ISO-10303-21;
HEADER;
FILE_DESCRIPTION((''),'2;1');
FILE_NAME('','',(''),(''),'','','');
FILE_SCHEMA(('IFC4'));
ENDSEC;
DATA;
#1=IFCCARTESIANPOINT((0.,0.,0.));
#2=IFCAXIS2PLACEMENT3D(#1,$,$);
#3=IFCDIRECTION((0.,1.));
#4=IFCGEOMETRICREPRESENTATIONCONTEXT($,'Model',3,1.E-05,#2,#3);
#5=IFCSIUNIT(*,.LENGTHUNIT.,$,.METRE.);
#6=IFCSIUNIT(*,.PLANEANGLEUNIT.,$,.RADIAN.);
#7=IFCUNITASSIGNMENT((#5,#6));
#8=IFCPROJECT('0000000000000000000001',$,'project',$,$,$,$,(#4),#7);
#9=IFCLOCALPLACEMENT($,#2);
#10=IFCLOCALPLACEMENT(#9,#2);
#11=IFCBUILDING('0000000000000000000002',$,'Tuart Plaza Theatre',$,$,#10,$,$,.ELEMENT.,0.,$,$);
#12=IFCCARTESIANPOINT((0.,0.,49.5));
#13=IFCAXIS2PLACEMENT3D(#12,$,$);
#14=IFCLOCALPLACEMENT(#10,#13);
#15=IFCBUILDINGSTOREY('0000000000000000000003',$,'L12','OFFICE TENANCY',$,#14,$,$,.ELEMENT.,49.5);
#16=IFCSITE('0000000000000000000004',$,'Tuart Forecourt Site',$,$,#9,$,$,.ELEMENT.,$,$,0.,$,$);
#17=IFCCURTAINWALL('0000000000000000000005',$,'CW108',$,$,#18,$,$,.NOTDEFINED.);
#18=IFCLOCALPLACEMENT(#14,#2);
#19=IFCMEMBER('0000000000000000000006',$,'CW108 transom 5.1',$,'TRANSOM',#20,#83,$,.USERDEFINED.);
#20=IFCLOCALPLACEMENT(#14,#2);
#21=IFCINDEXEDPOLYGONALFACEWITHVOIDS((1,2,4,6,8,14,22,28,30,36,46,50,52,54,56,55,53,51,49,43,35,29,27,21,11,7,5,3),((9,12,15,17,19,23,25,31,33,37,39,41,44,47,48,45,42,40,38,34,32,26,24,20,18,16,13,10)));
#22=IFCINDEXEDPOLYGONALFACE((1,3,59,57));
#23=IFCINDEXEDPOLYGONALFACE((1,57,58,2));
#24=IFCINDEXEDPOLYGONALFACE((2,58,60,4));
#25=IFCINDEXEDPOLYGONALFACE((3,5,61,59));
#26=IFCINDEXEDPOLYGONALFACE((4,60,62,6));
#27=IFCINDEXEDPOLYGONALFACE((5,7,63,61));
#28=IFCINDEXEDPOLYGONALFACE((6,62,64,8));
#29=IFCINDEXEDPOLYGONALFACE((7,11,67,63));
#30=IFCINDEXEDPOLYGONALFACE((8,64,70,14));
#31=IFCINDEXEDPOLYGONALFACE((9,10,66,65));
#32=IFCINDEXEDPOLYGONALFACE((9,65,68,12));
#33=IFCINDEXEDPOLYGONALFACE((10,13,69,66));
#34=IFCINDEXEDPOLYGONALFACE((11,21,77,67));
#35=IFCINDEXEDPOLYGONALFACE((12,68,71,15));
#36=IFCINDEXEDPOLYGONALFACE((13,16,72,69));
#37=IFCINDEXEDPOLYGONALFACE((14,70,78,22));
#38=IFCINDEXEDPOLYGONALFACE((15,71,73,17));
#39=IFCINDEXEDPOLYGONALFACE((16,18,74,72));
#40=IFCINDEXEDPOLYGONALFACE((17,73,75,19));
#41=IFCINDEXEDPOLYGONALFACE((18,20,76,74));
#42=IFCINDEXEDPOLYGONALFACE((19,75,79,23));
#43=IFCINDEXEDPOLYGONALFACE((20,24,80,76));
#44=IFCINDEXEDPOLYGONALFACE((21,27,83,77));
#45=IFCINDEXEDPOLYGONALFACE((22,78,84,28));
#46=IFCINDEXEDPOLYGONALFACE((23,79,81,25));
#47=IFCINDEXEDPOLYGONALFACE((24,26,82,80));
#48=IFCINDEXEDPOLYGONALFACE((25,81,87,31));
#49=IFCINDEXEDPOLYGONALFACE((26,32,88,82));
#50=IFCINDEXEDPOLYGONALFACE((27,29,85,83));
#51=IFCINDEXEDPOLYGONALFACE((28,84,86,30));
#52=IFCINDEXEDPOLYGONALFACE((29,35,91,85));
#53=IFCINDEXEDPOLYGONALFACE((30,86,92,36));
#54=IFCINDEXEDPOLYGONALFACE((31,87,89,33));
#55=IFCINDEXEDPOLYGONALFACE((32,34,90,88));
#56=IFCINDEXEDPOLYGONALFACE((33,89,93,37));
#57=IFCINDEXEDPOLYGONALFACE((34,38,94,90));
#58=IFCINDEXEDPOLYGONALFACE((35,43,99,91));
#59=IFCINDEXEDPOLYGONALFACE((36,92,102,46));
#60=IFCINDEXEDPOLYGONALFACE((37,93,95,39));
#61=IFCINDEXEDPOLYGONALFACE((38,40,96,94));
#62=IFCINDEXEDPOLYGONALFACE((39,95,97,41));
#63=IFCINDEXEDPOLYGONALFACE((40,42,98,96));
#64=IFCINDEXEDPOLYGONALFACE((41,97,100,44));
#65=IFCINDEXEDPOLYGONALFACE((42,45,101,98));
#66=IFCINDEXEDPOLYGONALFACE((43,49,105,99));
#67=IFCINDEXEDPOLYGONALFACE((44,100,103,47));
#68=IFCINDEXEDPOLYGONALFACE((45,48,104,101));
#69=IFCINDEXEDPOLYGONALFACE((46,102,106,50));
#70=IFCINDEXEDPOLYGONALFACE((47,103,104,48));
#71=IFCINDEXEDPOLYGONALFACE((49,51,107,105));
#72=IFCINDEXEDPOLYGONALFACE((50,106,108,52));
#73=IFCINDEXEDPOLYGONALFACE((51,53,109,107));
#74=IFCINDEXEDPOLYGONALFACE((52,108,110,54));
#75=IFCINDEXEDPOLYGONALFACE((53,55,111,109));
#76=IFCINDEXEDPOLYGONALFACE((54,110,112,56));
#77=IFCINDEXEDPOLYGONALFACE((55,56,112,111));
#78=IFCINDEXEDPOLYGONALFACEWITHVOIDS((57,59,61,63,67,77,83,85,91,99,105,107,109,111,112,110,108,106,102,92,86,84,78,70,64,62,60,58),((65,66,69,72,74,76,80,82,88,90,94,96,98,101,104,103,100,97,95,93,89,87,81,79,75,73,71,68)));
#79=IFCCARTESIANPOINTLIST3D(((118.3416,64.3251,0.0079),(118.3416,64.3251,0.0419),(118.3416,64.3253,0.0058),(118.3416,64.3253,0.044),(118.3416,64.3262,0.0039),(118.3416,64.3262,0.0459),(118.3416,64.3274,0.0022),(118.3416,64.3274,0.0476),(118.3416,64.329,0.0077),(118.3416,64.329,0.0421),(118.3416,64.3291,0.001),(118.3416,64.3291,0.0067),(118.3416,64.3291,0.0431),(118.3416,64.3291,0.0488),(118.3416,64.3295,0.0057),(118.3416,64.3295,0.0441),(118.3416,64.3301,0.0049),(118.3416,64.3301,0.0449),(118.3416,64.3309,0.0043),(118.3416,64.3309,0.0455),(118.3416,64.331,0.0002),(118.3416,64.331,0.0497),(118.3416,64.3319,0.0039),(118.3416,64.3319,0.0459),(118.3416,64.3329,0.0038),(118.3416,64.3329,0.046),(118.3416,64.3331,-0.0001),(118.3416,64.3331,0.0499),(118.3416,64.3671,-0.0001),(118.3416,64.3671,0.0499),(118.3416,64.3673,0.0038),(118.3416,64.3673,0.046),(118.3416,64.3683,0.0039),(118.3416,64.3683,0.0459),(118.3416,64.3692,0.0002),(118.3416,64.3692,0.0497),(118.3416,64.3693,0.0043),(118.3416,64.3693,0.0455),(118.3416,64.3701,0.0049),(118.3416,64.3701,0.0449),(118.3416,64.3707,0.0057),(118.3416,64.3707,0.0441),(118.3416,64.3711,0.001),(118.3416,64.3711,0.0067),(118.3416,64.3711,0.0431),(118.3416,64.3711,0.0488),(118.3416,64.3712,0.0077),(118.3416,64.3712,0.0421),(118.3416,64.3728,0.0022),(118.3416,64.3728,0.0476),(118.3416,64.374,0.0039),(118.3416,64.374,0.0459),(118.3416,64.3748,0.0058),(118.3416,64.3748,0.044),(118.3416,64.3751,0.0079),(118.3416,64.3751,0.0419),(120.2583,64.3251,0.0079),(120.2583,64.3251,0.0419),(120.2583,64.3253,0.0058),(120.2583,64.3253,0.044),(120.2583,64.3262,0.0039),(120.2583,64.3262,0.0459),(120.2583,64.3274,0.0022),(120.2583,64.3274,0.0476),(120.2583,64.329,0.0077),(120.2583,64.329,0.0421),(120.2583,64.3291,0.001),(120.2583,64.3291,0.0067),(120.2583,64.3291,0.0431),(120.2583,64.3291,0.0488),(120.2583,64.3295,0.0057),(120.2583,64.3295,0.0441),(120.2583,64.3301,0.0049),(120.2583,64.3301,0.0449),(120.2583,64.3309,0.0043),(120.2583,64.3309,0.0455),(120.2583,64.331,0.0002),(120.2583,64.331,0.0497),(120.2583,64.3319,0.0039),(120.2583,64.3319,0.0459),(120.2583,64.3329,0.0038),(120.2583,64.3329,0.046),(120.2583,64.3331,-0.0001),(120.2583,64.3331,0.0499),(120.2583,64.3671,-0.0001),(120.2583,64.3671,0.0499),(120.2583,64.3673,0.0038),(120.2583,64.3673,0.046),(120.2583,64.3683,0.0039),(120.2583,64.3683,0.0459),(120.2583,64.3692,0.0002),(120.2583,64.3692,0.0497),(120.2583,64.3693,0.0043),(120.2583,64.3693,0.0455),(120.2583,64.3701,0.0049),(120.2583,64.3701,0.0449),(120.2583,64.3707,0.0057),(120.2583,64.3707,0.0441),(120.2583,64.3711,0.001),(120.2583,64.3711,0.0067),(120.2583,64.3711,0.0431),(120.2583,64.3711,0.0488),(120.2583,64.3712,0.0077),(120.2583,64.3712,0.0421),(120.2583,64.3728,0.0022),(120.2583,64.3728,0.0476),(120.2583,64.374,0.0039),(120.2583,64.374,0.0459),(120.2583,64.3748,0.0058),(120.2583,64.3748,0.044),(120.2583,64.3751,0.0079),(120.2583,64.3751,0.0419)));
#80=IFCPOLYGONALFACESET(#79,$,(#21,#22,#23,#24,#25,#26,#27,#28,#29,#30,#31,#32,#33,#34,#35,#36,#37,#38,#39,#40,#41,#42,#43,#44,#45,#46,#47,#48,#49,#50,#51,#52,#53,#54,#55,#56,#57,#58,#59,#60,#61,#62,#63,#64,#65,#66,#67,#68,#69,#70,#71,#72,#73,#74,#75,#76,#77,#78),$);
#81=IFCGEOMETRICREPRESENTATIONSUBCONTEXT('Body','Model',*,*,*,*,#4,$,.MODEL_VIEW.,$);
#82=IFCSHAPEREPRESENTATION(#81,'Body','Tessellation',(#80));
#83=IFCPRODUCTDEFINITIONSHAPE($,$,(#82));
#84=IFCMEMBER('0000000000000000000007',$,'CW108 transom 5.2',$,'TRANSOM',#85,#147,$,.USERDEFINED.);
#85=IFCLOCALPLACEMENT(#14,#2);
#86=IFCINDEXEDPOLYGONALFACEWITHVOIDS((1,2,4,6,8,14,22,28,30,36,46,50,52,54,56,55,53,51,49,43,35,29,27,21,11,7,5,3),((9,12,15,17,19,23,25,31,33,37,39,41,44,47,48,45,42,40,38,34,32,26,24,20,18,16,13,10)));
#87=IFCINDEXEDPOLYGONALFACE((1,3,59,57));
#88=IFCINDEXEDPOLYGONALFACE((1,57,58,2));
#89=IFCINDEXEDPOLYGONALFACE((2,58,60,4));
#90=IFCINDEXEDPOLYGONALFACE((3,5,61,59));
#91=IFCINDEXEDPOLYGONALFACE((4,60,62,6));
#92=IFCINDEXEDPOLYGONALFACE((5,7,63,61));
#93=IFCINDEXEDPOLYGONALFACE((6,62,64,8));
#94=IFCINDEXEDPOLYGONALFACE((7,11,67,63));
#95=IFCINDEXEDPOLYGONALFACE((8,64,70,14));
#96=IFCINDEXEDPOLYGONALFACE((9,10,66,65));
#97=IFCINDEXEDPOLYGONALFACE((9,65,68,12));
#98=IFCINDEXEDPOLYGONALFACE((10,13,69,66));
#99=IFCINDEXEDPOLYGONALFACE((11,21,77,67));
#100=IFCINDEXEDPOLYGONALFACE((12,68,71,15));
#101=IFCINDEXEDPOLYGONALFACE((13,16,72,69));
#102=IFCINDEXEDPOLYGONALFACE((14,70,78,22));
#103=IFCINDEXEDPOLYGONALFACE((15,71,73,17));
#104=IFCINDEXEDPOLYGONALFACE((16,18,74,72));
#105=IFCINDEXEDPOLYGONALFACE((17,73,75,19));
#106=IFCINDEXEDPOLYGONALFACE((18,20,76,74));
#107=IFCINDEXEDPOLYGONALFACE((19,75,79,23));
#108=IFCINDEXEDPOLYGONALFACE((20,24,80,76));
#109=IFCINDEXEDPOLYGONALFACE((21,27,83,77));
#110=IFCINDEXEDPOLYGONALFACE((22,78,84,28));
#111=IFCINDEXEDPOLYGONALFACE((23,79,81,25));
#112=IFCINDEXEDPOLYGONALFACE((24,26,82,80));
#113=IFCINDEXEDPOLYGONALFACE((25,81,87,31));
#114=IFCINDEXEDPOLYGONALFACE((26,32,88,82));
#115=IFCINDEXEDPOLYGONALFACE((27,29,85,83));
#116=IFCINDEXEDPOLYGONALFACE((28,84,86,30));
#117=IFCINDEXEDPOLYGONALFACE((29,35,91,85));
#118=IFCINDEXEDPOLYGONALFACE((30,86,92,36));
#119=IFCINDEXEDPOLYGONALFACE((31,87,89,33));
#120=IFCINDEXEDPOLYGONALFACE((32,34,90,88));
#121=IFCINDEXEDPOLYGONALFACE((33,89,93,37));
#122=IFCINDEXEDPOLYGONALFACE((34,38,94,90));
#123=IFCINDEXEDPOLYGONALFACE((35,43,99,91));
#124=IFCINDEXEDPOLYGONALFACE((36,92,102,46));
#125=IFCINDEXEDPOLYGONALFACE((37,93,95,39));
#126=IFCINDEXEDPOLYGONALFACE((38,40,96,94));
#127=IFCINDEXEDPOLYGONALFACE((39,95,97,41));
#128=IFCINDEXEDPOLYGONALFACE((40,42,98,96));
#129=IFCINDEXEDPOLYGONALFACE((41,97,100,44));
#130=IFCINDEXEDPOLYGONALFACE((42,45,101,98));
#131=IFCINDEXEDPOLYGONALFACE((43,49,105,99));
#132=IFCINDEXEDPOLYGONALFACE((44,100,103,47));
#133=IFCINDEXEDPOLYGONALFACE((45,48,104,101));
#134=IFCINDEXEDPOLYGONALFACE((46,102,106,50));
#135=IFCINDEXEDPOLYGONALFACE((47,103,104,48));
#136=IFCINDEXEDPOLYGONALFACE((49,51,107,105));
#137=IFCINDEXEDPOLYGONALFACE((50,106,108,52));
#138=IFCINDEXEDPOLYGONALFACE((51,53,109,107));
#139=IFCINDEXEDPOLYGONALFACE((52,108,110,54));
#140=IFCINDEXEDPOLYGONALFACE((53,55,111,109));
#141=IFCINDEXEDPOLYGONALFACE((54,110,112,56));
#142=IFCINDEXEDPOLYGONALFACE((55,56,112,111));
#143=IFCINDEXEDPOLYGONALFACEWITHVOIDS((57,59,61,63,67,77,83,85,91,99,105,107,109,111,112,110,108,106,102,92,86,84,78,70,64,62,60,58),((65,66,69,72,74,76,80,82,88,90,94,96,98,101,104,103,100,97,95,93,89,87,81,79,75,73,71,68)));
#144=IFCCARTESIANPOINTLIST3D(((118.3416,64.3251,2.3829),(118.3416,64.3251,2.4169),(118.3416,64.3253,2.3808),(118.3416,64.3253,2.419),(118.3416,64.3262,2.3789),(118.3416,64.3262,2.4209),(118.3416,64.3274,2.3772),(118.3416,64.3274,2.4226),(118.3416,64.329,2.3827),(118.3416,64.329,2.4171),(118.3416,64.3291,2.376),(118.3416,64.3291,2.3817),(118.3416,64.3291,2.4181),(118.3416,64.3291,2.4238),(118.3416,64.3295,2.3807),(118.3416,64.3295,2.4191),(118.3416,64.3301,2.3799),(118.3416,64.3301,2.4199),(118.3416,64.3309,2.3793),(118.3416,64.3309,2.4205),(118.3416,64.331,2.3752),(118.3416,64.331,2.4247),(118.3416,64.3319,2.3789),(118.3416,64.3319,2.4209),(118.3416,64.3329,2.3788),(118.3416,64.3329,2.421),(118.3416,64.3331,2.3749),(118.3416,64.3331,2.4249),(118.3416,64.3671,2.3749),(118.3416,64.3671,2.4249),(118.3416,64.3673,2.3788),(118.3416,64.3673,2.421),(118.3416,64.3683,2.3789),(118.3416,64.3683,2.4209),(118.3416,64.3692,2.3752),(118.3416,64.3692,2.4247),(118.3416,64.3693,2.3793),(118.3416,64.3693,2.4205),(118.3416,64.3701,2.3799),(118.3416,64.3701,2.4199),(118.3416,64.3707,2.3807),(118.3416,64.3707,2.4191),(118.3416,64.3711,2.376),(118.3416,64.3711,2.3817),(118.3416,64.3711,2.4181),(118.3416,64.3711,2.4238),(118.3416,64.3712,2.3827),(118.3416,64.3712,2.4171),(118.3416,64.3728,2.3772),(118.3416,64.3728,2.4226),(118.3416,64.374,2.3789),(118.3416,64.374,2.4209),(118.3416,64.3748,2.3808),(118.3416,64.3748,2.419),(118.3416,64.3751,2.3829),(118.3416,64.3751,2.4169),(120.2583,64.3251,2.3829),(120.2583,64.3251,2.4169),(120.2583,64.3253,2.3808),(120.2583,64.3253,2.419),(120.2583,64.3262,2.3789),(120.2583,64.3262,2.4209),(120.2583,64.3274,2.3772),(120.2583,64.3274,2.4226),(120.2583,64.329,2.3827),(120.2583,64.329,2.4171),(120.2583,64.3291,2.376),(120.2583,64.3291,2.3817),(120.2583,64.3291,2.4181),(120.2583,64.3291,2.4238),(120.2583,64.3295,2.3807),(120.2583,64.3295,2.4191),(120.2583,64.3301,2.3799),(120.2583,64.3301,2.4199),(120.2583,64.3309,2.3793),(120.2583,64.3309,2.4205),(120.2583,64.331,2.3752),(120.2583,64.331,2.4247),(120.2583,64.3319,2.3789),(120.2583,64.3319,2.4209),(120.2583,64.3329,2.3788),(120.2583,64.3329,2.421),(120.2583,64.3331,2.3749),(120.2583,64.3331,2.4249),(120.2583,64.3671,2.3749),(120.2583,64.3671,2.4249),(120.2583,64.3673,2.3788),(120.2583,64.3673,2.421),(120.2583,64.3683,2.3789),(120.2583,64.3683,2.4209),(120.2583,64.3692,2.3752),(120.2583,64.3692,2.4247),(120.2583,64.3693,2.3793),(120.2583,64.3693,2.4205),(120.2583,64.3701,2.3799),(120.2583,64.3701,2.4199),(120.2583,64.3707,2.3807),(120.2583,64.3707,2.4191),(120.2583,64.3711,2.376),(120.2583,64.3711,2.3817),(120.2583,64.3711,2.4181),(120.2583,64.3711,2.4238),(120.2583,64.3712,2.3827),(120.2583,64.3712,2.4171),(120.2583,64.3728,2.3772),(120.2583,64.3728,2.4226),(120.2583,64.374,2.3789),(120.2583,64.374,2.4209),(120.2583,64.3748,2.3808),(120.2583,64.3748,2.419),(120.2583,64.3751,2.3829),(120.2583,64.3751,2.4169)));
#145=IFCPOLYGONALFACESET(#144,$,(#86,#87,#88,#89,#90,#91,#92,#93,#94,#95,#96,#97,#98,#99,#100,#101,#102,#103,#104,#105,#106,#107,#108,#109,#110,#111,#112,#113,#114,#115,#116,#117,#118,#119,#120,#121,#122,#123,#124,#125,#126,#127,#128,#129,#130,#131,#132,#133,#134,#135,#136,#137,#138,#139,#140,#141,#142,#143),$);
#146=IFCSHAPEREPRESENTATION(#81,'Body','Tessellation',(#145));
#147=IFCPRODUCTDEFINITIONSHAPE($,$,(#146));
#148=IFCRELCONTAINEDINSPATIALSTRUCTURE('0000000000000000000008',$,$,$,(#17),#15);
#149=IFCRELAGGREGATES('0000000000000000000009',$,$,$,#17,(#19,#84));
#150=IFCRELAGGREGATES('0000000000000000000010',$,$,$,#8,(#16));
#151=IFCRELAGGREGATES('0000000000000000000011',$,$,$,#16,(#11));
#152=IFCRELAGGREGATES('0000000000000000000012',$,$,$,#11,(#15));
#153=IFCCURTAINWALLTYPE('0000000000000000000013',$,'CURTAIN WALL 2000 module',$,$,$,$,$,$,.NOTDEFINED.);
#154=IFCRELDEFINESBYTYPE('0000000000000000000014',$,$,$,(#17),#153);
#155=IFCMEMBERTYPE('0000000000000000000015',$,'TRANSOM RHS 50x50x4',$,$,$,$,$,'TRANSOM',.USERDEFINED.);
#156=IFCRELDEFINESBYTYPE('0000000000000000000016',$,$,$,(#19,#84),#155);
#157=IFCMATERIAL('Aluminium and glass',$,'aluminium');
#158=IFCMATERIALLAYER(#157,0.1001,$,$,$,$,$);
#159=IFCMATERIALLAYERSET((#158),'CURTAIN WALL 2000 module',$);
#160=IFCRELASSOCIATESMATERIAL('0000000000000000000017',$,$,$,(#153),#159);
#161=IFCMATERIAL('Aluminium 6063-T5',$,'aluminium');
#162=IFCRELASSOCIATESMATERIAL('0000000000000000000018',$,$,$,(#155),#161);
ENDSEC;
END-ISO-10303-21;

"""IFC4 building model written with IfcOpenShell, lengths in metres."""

from ifc_helpers import new_model, si_unit, direction, frame, origin, origin_2d, place, context, subcontext, project, spatial, hollow_rectangle, extrude, material, layer, layer_set, material_profile, profile_set, type_object, element, aggregate, save


model = new_model("IFC4")

# Units and contexts
model_context = context("Model", 3, precision=1e-05, world=origin(), true_north=direction((0.0, 1.0)))
body_context = subcontext(model_context, "Body", "Model", "MODEL_VIEW")
ifc_project = project(units=[si_unit("LENGTHUNIT", "METRE"), si_unit("PLANEANGLEUNIT", "RADIAN")], contexts=[model_context])

# Site, building, storey
site_placement = place(None, origin())
site = spatial("IfcSite", under=ifc_project, at=site_placement, Name="Tuart Forecourt Site", CompositionType="ELEMENT", RefElevation=0.0)
building_placement = place(site_placement, origin())
building = spatial("IfcBuilding", under=site, at=building_placement, Name="Tuart Plaza Theatre", CompositionType="ELEMENT", ElevationOfRefHeight=0.0)
storey_placement = place(building_placement, frame((0.0, 0.0, 49.5)))
storey = spatial("IfcBuildingStorey", under=building, at=storey_placement, Name="L12", Description="OFFICE TENANCY", CompositionType="ELEMENT", Elevation=49.5)

# Curtain wall, members
ifc_material_1 = material(Name="Aluminium and glass", Category="aluminium")
ifc_layer_1 = layer(ifc_material_1, 0.1001)
ifc_layer_set_1 = layer_set([ifc_layer_1], Name="CURTAIN WALL 2000 module")
curtain_wall_type = type_object("IfcCurtainWallType", Name="CURTAIN WALL 2000 module", PredefinedType="NOTDEFINED", material=ifc_layer_set_1)
curtain_wall_1_placement = place(storey_placement, origin())
curtain_wall_1 = element("IfcCurtainWall", 1, at=curtain_wall_1_placement, inside=storey, type_object=curtain_wall_type, Name="CW108", PredefinedType="NOTDEFINED")
ifc_material_2 = material(Name="Aluminium 6063-T5", Category="aluminium")
ifc_material_profile_1 = material_profile(ifc_material_2, hollow_rectangle(XDim=0.05, YDim=0.05, WallThickness=0.0039, InnerFilletRadius=0.0039, OuterFilletRadius=0.0081, at=origin_2d()), Name="RHS 50x50x4")
ifc_profile_set_1 = profile_set([ifc_material_profile_1], Name="Aluminium 6063-T5")
member_type_1 = type_object("IfcMemberType", Name="TRANSOM RHS 50x50x4", ElementType="TRANSOM", PredefinedType="USERDEFINED", material=ifc_profile_set_1)
member_1_placement = place(storey_placement, frame((118.3416, 64.3501, 0.0249), z_axis=(1.0, 0.0, 0.0), x_axis=(0.0, 1.0, 0.0)))
member_1 = element("IfcMember", 2, at=member_1_placement, type_object=member_type_1, Name="CW108 transom 5.1", ObjectType="TRANSOM", PredefinedType="USERDEFINED", context=body_context, shape_type="SweptSolid", body=[
    extrude(hollow_rectangle(XDim=0.05, YDim=0.05, WallThickness=0.0039, InnerFilletRadius=0.0039, OuterFilletRadius=0.0081, at=origin_2d()), origin(), (0.0, 0.0, 1.0), 1.9167),
])
member_2_placement = place(storey_placement, frame((118.3416, 64.3501, 2.3999), z_axis=(1.0, 0.0, 0.0), x_axis=(0.0, 1.0, 0.0)))
member_2 = element("IfcMember", 3, at=member_2_placement, type_object=member_type_1, Name="CW108 transom 5.2", ObjectType="TRANSOM", PredefinedType="USERDEFINED", context=body_context, shape_type="SweptSolid", body=[
    extrude(hollow_rectangle(XDim=0.05, YDim=0.05, WallThickness=0.0039, InnerFilletRadius=0.0039, OuterFilletRadius=0.0081, at=origin_2d()), origin(), (0.0, 0.0, 1.0), 1.9167),
])

aggregate(curtain_wall_1, [member_1, member_2])

save(model, "model.ifc")
